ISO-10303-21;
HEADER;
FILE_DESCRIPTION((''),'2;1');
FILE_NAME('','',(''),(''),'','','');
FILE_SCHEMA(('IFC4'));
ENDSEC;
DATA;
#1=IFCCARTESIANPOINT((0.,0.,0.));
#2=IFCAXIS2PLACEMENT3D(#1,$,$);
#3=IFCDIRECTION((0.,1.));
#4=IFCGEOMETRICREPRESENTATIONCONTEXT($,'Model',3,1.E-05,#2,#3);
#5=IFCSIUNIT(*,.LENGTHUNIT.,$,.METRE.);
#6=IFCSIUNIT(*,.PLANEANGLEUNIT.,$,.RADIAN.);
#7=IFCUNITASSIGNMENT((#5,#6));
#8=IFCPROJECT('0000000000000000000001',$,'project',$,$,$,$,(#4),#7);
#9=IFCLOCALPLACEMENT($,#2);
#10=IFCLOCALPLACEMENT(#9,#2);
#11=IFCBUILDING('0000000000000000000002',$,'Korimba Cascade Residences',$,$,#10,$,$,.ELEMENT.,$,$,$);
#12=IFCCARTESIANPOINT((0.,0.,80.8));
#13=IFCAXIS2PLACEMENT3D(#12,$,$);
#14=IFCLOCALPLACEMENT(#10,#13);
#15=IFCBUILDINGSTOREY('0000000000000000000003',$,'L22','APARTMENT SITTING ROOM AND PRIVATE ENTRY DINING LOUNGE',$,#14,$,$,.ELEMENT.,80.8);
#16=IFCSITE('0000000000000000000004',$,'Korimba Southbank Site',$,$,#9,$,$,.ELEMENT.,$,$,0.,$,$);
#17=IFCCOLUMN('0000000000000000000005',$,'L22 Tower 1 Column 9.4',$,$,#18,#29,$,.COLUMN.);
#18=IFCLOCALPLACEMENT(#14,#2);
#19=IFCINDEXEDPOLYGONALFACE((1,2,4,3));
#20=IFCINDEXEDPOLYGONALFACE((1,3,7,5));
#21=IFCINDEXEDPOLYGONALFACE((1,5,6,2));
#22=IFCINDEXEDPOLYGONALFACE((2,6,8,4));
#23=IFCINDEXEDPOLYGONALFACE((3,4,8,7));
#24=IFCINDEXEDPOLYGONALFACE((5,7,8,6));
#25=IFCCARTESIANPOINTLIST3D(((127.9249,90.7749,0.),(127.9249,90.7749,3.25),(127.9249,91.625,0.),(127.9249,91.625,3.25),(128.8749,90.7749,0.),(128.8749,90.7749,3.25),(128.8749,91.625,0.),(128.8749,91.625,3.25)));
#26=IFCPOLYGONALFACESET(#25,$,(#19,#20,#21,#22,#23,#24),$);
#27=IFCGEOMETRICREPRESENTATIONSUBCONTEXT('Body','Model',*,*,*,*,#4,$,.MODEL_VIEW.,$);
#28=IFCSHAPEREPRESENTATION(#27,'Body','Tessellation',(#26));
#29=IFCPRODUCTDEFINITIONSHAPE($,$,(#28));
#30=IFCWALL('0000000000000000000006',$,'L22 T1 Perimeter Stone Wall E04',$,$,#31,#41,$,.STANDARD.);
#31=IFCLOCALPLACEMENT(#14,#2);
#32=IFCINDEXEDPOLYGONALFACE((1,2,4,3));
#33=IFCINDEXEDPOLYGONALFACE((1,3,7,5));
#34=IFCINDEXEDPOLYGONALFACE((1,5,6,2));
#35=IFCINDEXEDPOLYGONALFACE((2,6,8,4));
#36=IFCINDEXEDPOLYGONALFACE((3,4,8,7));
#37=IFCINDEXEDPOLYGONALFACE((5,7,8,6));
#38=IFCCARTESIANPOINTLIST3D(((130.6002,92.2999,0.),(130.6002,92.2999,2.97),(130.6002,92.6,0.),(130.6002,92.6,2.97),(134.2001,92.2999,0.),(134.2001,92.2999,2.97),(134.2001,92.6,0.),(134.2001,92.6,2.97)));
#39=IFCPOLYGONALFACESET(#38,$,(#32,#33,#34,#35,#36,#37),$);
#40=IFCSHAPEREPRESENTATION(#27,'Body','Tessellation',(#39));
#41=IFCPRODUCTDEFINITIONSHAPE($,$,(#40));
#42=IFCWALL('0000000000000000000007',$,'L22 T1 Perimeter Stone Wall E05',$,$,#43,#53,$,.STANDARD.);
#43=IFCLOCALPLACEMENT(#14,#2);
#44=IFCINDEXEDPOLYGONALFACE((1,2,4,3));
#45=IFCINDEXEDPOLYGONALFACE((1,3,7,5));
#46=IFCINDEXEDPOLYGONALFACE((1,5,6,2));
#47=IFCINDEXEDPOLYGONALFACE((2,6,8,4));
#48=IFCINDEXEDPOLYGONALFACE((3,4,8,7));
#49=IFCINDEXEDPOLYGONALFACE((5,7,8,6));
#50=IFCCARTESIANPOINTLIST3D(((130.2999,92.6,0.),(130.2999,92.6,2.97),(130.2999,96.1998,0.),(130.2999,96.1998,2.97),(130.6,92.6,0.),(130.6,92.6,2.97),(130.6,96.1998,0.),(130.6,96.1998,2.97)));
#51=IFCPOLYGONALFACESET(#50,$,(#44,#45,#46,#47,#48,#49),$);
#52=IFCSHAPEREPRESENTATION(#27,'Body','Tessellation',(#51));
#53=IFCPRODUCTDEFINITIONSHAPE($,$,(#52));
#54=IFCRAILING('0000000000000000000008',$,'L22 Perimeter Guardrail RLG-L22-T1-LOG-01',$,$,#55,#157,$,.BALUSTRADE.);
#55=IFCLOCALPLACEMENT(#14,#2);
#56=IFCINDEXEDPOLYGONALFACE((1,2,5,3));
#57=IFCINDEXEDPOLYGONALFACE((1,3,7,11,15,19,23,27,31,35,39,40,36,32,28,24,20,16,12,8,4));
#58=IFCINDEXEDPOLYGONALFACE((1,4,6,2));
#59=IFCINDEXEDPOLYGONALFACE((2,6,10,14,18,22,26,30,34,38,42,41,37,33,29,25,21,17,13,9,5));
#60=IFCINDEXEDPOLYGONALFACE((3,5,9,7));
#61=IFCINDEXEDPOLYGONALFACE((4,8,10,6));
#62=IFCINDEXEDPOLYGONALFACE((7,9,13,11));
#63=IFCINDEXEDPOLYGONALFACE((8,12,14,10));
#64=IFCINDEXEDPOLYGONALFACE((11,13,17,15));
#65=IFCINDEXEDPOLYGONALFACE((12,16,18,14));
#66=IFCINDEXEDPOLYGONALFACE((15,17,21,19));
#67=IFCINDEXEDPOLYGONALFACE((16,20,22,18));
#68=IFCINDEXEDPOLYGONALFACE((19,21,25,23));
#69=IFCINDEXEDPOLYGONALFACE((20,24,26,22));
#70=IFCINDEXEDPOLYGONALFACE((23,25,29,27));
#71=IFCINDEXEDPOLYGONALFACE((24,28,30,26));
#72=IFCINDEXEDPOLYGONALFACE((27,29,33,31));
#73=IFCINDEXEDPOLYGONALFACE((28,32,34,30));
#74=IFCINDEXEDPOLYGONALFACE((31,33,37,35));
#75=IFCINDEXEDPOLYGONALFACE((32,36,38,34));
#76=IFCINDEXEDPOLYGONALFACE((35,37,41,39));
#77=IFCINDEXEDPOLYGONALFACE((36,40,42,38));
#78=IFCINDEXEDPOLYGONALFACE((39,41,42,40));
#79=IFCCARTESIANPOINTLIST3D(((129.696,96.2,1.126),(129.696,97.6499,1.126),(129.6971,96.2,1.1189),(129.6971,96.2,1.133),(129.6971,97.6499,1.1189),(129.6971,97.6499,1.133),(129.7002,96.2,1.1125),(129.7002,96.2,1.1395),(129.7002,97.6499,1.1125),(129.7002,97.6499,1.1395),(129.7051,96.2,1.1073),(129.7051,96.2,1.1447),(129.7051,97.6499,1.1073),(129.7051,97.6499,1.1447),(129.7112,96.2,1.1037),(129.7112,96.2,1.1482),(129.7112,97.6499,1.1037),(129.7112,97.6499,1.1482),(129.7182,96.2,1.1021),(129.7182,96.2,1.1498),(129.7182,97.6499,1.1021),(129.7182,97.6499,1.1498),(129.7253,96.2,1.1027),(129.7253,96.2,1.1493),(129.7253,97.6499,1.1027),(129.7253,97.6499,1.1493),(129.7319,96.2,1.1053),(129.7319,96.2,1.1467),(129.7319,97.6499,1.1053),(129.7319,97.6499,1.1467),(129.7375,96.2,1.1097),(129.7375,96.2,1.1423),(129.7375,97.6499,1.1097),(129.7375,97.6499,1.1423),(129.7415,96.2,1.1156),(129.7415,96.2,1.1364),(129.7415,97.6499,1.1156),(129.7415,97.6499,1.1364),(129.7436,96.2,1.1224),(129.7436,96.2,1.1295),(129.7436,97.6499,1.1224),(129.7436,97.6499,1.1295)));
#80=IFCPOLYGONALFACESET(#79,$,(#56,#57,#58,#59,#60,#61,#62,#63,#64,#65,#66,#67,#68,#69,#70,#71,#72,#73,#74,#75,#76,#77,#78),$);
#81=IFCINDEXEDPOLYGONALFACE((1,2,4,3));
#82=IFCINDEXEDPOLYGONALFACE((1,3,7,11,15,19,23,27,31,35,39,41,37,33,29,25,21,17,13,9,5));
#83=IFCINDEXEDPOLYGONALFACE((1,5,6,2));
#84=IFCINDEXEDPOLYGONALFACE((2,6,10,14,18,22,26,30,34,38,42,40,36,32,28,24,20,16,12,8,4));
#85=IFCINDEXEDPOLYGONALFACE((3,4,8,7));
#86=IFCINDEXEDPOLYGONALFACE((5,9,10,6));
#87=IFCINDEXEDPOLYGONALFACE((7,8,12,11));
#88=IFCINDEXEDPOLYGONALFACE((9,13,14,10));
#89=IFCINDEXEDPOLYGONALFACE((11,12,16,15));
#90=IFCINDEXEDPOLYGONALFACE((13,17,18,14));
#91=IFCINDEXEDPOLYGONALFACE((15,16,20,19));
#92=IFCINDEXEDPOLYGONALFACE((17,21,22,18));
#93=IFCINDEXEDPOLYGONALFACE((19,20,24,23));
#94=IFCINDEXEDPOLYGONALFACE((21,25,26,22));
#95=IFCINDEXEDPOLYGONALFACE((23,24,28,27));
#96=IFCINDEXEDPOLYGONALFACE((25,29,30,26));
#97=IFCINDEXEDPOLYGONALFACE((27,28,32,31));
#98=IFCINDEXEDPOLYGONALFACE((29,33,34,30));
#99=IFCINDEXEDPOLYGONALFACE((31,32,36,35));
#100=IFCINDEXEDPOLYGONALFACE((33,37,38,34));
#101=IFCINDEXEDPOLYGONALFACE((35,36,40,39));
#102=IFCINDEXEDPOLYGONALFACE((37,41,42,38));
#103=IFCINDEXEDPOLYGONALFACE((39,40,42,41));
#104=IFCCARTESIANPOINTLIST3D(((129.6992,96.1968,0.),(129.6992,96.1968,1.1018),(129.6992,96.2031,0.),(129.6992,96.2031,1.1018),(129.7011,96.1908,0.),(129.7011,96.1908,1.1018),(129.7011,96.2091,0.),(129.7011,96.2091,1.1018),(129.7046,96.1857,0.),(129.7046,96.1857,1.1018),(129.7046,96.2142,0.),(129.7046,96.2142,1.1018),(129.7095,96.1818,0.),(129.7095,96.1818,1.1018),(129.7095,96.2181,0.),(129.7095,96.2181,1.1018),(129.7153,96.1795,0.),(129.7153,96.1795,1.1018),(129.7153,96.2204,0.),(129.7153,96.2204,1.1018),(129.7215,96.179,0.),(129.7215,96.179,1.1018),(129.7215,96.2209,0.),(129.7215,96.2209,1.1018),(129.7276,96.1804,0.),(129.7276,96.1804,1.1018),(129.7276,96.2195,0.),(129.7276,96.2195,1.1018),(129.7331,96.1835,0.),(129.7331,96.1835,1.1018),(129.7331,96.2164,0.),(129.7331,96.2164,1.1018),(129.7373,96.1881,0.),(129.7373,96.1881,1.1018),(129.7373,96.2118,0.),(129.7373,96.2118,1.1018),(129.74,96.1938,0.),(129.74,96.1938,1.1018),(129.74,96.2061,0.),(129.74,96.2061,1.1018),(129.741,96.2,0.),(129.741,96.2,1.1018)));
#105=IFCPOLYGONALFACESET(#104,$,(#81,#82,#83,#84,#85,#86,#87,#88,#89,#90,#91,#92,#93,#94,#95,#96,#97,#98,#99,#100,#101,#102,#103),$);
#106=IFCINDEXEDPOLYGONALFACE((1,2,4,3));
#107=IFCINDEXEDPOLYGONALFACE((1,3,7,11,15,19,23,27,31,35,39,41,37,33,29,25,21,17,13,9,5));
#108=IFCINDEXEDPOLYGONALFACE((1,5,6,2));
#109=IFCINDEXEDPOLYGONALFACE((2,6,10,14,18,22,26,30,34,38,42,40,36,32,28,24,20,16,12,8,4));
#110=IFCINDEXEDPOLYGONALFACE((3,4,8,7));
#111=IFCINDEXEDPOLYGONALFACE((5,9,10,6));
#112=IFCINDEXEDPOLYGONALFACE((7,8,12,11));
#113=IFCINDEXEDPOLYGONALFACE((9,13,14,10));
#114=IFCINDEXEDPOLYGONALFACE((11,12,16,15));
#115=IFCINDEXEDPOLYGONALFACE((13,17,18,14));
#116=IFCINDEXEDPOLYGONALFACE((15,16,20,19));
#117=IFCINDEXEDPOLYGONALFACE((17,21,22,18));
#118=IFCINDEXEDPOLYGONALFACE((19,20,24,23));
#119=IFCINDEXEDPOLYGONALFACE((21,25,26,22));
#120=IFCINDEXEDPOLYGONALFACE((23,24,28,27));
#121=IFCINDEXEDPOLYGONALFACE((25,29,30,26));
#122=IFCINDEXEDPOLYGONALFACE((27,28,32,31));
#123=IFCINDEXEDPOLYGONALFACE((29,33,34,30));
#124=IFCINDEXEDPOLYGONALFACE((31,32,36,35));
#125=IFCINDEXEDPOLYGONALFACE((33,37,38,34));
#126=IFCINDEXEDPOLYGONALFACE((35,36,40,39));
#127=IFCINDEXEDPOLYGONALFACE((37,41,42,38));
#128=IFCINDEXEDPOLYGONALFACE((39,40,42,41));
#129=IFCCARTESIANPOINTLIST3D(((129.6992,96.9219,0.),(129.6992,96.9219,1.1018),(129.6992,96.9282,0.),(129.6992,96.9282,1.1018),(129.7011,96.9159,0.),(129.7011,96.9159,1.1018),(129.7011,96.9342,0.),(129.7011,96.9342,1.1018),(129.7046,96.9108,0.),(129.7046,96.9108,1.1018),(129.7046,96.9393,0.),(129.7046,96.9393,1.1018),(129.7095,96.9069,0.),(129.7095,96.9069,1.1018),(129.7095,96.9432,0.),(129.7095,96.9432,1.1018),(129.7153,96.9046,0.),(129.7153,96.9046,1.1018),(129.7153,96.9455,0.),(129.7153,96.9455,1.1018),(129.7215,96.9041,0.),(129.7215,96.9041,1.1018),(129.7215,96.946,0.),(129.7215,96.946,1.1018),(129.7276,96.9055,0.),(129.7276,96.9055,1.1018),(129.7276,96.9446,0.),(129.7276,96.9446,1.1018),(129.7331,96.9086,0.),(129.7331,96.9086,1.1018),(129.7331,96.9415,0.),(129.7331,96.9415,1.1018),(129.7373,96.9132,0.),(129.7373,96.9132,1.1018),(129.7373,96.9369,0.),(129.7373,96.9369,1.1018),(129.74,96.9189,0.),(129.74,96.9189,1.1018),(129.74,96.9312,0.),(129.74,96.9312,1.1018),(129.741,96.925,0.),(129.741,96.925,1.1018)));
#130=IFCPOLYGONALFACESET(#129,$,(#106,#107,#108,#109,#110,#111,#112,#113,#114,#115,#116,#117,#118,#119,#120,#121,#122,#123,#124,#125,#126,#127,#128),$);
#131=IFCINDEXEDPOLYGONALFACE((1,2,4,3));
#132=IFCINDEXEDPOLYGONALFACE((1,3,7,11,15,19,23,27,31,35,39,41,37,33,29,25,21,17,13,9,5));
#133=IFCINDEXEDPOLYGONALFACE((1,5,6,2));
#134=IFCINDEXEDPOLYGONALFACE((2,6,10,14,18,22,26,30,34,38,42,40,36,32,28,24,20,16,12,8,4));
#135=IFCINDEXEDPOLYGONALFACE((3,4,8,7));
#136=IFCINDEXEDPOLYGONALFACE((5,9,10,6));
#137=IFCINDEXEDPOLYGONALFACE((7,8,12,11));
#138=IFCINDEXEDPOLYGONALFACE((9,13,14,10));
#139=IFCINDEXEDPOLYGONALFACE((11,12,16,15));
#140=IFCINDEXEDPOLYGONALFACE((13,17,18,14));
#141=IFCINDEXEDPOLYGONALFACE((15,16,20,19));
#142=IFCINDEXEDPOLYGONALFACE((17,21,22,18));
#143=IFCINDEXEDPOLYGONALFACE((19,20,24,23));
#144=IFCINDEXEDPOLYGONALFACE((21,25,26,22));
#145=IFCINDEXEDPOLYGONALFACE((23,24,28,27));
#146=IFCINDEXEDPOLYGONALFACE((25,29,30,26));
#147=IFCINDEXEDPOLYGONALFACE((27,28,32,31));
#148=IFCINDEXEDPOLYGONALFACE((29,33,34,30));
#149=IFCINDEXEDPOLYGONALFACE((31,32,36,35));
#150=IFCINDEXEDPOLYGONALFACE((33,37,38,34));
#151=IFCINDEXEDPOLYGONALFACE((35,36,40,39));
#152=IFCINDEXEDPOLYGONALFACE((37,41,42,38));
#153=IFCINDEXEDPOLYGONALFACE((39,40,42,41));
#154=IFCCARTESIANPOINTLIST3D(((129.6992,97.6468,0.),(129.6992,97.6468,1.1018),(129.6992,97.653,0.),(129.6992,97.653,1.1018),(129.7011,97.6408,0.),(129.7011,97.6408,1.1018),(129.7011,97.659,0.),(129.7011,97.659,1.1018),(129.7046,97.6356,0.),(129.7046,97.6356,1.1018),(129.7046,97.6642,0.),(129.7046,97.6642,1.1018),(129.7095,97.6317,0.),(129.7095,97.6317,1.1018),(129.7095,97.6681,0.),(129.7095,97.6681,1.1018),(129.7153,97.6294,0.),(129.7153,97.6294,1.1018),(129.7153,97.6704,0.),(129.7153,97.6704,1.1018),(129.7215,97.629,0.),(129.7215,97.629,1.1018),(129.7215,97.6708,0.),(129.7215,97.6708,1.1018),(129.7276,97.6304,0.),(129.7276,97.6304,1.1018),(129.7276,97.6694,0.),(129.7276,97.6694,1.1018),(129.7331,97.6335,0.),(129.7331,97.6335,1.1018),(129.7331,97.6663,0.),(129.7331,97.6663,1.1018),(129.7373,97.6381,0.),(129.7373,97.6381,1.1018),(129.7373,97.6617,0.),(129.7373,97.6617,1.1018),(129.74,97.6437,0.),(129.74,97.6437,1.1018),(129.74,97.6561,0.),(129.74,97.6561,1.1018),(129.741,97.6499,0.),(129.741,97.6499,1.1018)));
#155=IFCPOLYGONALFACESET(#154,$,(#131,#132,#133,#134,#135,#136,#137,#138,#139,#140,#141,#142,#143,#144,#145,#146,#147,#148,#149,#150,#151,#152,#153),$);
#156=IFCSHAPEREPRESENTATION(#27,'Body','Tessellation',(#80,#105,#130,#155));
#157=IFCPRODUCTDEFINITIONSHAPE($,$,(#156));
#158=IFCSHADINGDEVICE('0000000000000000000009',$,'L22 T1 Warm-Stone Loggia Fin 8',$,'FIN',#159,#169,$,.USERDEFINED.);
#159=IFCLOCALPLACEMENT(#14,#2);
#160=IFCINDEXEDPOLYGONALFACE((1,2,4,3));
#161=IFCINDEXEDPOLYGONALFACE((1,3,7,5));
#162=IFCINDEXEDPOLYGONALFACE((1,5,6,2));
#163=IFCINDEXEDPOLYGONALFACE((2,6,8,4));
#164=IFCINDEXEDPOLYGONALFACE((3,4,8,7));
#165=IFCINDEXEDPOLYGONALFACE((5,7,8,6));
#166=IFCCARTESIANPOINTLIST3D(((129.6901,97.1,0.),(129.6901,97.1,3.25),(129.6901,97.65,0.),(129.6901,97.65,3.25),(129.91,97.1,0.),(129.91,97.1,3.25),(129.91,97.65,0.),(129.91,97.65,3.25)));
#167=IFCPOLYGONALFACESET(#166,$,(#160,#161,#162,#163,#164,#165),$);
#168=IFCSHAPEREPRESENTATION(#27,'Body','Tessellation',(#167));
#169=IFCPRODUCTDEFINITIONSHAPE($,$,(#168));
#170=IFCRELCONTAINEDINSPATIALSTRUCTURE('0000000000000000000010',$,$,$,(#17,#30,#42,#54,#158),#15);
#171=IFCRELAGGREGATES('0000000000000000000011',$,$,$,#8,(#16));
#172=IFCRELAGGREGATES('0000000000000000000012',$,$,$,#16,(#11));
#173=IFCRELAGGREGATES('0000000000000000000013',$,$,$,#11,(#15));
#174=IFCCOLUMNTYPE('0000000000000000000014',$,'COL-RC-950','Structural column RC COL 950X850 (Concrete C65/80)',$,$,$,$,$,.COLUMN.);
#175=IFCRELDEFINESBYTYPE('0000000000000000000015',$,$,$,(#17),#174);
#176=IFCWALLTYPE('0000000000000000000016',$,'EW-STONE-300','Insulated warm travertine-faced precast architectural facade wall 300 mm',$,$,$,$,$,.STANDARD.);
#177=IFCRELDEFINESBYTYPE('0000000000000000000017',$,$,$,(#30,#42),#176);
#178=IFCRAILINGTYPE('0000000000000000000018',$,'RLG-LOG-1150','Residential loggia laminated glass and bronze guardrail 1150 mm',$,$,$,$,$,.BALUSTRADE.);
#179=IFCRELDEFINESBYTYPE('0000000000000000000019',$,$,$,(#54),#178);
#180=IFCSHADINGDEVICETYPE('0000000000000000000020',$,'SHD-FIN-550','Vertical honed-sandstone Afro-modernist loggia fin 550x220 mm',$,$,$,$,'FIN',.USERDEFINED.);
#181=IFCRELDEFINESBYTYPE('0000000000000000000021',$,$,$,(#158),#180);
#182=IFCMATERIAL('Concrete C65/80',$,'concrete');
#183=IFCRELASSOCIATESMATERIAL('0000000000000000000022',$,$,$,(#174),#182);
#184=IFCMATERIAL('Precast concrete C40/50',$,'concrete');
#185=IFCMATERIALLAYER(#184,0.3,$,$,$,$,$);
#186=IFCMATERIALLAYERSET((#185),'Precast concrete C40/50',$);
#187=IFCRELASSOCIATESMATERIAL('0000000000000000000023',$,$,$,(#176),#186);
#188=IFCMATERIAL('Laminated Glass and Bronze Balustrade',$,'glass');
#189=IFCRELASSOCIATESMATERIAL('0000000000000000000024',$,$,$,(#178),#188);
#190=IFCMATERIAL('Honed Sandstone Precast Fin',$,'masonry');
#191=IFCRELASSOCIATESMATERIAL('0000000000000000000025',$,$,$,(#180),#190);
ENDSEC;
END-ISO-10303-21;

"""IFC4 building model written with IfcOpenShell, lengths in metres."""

from ifc_helpers import new_model, si_unit, direction, frame, frame_2d, origin, origin_2d, place, context, subcontext, project, spatial, rectangle, circle, extrude, material, layer, layer_set, material_profile, profile_set, type_object, element, save


model = new_model("IFC4")

# Units and contexts
model_context = context("Model", 3, precision=1e-05, world=origin(), true_north=direction((0.0, 1.0)))
body_context = subcontext(model_context, "Body", "Model", "MODEL_VIEW")
ifc_project = project(units=[si_unit("LENGTHUNIT", "METRE"), si_unit("PLANEANGLEUNIT", "RADIAN")], contexts=[model_context])

# Site, building, storey
site_placement = place(None, origin())
site = spatial("IfcSite", under=ifc_project, at=site_placement, Name="Korimba Southbank Site", CompositionType="ELEMENT", RefElevation=0.0)
building_placement = place(site_placement, origin())
building = spatial("IfcBuilding", under=site, at=building_placement, Name="Korimba Cascade Residences", CompositionType="ELEMENT")
storey_placement = place(building_placement, frame((0.0, 0.0, 80.8)))
storey = spatial("IfcBuildingStorey", under=building, at=storey_placement, Name="L22", Description="APARTMENT SITTING ROOM AND PRIVATE ENTRY DINING LOUNGE", CompositionType="ELEMENT", Elevation=80.8)

# Column
ifc_material_1 = material(Name="Concrete C65/80", Category="concrete")
ifc_material_profile = material_profile(ifc_material_1, rectangle(XDim=0.95, YDim=0.8501, at=origin_2d()), Name="Concrete C65/80")
ifc_profile_set = profile_set([ifc_material_profile], Name="Concrete C65/80")
column_type = type_object("IfcColumnType", Name="COL-RC-950", Description="Structural column RC COL 950X850 (Concrete C65/80)", PredefinedType="COLUMN", material=ifc_profile_set)
column_placement = place(storey_placement, frame((128.3999, 91.2, 0.0), z_axis=(0.0, 0.0, 1.0), x_axis=(1.0, 0.0, 0.0)))
element("IfcColumn", 1, at=column_placement, inside=storey, type_object=column_type, Name="L22 Tower 1 Column 9.4", PredefinedType="COLUMN", context=body_context, shape_type="SweptSolid", body=[
    extrude(rectangle(XDim=0.95, YDim=0.8501, at=origin_2d()), origin(), (0.0, 0.0, 1.0), 3.25),
])

# Shared definitions
ifc_material_2 = material(Name="Precast concrete C40/50", Category="concrete")

# Walls
ifc_layer_1 = layer(ifc_material_2, 0.3)
ifc_layer_set_1 = layer_set([ifc_layer_1], Name="Precast concrete C40/50")
wall_type_1 = type_object("IfcWallType", Name="EW-STONE-300", Description="Insulated warm travertine-faced precast architectural facade wall 300 mm", PredefinedType="STANDARD", material=ifc_layer_set_1)
for number, where, z_axis, x_axis, name in (
    (2, (134.2, 92.45, 0.0), (0.0, 0.0, 1.0), (-1.0, 0.0, 0.0), "L22 T1 Perimeter Stone Wall E04"),
    (3, (130.45, 92.6001, 0.0), (0.0, 0.0, 1.0), (0.0, 1.0, 0.0), "L22 T1 Perimeter Stone Wall E05"),
):
    element("IfcWall", number, at=place(storey_placement, frame(where, z_axis=z_axis, x_axis=x_axis)), inside=storey, type_object=wall_type_1, Name=name, PredefinedType="STANDARD", context=body_context, shape_type="SweptSolid", body=[
        extrude(rectangle(XDim=3.5999, YDim=0.3, at=frame_2d((1.7998, 0.0))), origin(), (0.0, 0.0, 1.0), 2.97),
    ])

# Railing
ifc_material_3 = material(Name="Laminated Glass and Bronze Balustrade", Category="glass")
railing_type = type_object("IfcRailingType", Name="RLG-LOG-1150", Description="Residential loggia laminated glass and bronze guardrail 1150 mm", PredefinedType="BALUSTRADE", material=ifc_material_3)
railing_1_placement = place(storey_placement, frame((129.72, 96.2, 0.0)))
element("IfcRailing", 4, at=railing_1_placement, inside=storey, type_object=railing_type, Name="L22 Perimeter Guardrail RLG-L22-T1-LOG-01", PredefinedType="BALUSTRADE", context=body_context, shape_type="SweptSolid", body=[
    extrude(circle(Radius=0.0239, at=origin_2d()), frame((0.0, 0.0, 1.126), z_axis=(0.0, 1.0, 0.0), x_axis=(-1.0, 0.0, 0.0)), (0.0, 0.0, 1.0), 1.45),
    extrude(circle(Radius=0.021, at=origin_2d()), origin(), (0.0, 0.0, 1.0), 1.1018),
    extrude(circle(Radius=0.021, at=origin_2d()), frame((0.0, 0.7251, 0.0)), (0.0, 0.0, 1.0), 1.1018),
    extrude(circle(Radius=0.021, at=origin_2d()), frame((0.0, 1.45, 0.0)), (0.0, 0.0, 1.0), 1.1018),
])

# Shading device
ifc_material_4 = material(Name="Honed Sandstone Precast Fin", Category="masonry")
shading_device_type = type_object("IfcShadingDeviceType", Name="SHD-FIN-550", Description="Vertical honed-sandstone Afro-modernist loggia fin 550x220 mm", ElementType="FIN", PredefinedType="USERDEFINED", material=ifc_material_4)
shading_device_placement = place(storey_placement, frame((129.8, 97.375, 0.0), z_axis=(0.0, 0.0, 1.0), x_axis=(1.0, 0.0, 0.0)))
element("IfcShadingDevice", 5, at=shading_device_placement, inside=storey, type_object=shading_device_type, Name="L22 T1 Warm-Stone Loggia Fin 8", ObjectType="FIN", PredefinedType="USERDEFINED", context=body_context, shape_type="SweptSolid", body=[
    extrude(rectangle(XDim=0.22, YDim=0.55, at=origin_2d()), origin(), (0.0, 0.0, 1.0), 3.25),
])

save(model, "model.ifc")
